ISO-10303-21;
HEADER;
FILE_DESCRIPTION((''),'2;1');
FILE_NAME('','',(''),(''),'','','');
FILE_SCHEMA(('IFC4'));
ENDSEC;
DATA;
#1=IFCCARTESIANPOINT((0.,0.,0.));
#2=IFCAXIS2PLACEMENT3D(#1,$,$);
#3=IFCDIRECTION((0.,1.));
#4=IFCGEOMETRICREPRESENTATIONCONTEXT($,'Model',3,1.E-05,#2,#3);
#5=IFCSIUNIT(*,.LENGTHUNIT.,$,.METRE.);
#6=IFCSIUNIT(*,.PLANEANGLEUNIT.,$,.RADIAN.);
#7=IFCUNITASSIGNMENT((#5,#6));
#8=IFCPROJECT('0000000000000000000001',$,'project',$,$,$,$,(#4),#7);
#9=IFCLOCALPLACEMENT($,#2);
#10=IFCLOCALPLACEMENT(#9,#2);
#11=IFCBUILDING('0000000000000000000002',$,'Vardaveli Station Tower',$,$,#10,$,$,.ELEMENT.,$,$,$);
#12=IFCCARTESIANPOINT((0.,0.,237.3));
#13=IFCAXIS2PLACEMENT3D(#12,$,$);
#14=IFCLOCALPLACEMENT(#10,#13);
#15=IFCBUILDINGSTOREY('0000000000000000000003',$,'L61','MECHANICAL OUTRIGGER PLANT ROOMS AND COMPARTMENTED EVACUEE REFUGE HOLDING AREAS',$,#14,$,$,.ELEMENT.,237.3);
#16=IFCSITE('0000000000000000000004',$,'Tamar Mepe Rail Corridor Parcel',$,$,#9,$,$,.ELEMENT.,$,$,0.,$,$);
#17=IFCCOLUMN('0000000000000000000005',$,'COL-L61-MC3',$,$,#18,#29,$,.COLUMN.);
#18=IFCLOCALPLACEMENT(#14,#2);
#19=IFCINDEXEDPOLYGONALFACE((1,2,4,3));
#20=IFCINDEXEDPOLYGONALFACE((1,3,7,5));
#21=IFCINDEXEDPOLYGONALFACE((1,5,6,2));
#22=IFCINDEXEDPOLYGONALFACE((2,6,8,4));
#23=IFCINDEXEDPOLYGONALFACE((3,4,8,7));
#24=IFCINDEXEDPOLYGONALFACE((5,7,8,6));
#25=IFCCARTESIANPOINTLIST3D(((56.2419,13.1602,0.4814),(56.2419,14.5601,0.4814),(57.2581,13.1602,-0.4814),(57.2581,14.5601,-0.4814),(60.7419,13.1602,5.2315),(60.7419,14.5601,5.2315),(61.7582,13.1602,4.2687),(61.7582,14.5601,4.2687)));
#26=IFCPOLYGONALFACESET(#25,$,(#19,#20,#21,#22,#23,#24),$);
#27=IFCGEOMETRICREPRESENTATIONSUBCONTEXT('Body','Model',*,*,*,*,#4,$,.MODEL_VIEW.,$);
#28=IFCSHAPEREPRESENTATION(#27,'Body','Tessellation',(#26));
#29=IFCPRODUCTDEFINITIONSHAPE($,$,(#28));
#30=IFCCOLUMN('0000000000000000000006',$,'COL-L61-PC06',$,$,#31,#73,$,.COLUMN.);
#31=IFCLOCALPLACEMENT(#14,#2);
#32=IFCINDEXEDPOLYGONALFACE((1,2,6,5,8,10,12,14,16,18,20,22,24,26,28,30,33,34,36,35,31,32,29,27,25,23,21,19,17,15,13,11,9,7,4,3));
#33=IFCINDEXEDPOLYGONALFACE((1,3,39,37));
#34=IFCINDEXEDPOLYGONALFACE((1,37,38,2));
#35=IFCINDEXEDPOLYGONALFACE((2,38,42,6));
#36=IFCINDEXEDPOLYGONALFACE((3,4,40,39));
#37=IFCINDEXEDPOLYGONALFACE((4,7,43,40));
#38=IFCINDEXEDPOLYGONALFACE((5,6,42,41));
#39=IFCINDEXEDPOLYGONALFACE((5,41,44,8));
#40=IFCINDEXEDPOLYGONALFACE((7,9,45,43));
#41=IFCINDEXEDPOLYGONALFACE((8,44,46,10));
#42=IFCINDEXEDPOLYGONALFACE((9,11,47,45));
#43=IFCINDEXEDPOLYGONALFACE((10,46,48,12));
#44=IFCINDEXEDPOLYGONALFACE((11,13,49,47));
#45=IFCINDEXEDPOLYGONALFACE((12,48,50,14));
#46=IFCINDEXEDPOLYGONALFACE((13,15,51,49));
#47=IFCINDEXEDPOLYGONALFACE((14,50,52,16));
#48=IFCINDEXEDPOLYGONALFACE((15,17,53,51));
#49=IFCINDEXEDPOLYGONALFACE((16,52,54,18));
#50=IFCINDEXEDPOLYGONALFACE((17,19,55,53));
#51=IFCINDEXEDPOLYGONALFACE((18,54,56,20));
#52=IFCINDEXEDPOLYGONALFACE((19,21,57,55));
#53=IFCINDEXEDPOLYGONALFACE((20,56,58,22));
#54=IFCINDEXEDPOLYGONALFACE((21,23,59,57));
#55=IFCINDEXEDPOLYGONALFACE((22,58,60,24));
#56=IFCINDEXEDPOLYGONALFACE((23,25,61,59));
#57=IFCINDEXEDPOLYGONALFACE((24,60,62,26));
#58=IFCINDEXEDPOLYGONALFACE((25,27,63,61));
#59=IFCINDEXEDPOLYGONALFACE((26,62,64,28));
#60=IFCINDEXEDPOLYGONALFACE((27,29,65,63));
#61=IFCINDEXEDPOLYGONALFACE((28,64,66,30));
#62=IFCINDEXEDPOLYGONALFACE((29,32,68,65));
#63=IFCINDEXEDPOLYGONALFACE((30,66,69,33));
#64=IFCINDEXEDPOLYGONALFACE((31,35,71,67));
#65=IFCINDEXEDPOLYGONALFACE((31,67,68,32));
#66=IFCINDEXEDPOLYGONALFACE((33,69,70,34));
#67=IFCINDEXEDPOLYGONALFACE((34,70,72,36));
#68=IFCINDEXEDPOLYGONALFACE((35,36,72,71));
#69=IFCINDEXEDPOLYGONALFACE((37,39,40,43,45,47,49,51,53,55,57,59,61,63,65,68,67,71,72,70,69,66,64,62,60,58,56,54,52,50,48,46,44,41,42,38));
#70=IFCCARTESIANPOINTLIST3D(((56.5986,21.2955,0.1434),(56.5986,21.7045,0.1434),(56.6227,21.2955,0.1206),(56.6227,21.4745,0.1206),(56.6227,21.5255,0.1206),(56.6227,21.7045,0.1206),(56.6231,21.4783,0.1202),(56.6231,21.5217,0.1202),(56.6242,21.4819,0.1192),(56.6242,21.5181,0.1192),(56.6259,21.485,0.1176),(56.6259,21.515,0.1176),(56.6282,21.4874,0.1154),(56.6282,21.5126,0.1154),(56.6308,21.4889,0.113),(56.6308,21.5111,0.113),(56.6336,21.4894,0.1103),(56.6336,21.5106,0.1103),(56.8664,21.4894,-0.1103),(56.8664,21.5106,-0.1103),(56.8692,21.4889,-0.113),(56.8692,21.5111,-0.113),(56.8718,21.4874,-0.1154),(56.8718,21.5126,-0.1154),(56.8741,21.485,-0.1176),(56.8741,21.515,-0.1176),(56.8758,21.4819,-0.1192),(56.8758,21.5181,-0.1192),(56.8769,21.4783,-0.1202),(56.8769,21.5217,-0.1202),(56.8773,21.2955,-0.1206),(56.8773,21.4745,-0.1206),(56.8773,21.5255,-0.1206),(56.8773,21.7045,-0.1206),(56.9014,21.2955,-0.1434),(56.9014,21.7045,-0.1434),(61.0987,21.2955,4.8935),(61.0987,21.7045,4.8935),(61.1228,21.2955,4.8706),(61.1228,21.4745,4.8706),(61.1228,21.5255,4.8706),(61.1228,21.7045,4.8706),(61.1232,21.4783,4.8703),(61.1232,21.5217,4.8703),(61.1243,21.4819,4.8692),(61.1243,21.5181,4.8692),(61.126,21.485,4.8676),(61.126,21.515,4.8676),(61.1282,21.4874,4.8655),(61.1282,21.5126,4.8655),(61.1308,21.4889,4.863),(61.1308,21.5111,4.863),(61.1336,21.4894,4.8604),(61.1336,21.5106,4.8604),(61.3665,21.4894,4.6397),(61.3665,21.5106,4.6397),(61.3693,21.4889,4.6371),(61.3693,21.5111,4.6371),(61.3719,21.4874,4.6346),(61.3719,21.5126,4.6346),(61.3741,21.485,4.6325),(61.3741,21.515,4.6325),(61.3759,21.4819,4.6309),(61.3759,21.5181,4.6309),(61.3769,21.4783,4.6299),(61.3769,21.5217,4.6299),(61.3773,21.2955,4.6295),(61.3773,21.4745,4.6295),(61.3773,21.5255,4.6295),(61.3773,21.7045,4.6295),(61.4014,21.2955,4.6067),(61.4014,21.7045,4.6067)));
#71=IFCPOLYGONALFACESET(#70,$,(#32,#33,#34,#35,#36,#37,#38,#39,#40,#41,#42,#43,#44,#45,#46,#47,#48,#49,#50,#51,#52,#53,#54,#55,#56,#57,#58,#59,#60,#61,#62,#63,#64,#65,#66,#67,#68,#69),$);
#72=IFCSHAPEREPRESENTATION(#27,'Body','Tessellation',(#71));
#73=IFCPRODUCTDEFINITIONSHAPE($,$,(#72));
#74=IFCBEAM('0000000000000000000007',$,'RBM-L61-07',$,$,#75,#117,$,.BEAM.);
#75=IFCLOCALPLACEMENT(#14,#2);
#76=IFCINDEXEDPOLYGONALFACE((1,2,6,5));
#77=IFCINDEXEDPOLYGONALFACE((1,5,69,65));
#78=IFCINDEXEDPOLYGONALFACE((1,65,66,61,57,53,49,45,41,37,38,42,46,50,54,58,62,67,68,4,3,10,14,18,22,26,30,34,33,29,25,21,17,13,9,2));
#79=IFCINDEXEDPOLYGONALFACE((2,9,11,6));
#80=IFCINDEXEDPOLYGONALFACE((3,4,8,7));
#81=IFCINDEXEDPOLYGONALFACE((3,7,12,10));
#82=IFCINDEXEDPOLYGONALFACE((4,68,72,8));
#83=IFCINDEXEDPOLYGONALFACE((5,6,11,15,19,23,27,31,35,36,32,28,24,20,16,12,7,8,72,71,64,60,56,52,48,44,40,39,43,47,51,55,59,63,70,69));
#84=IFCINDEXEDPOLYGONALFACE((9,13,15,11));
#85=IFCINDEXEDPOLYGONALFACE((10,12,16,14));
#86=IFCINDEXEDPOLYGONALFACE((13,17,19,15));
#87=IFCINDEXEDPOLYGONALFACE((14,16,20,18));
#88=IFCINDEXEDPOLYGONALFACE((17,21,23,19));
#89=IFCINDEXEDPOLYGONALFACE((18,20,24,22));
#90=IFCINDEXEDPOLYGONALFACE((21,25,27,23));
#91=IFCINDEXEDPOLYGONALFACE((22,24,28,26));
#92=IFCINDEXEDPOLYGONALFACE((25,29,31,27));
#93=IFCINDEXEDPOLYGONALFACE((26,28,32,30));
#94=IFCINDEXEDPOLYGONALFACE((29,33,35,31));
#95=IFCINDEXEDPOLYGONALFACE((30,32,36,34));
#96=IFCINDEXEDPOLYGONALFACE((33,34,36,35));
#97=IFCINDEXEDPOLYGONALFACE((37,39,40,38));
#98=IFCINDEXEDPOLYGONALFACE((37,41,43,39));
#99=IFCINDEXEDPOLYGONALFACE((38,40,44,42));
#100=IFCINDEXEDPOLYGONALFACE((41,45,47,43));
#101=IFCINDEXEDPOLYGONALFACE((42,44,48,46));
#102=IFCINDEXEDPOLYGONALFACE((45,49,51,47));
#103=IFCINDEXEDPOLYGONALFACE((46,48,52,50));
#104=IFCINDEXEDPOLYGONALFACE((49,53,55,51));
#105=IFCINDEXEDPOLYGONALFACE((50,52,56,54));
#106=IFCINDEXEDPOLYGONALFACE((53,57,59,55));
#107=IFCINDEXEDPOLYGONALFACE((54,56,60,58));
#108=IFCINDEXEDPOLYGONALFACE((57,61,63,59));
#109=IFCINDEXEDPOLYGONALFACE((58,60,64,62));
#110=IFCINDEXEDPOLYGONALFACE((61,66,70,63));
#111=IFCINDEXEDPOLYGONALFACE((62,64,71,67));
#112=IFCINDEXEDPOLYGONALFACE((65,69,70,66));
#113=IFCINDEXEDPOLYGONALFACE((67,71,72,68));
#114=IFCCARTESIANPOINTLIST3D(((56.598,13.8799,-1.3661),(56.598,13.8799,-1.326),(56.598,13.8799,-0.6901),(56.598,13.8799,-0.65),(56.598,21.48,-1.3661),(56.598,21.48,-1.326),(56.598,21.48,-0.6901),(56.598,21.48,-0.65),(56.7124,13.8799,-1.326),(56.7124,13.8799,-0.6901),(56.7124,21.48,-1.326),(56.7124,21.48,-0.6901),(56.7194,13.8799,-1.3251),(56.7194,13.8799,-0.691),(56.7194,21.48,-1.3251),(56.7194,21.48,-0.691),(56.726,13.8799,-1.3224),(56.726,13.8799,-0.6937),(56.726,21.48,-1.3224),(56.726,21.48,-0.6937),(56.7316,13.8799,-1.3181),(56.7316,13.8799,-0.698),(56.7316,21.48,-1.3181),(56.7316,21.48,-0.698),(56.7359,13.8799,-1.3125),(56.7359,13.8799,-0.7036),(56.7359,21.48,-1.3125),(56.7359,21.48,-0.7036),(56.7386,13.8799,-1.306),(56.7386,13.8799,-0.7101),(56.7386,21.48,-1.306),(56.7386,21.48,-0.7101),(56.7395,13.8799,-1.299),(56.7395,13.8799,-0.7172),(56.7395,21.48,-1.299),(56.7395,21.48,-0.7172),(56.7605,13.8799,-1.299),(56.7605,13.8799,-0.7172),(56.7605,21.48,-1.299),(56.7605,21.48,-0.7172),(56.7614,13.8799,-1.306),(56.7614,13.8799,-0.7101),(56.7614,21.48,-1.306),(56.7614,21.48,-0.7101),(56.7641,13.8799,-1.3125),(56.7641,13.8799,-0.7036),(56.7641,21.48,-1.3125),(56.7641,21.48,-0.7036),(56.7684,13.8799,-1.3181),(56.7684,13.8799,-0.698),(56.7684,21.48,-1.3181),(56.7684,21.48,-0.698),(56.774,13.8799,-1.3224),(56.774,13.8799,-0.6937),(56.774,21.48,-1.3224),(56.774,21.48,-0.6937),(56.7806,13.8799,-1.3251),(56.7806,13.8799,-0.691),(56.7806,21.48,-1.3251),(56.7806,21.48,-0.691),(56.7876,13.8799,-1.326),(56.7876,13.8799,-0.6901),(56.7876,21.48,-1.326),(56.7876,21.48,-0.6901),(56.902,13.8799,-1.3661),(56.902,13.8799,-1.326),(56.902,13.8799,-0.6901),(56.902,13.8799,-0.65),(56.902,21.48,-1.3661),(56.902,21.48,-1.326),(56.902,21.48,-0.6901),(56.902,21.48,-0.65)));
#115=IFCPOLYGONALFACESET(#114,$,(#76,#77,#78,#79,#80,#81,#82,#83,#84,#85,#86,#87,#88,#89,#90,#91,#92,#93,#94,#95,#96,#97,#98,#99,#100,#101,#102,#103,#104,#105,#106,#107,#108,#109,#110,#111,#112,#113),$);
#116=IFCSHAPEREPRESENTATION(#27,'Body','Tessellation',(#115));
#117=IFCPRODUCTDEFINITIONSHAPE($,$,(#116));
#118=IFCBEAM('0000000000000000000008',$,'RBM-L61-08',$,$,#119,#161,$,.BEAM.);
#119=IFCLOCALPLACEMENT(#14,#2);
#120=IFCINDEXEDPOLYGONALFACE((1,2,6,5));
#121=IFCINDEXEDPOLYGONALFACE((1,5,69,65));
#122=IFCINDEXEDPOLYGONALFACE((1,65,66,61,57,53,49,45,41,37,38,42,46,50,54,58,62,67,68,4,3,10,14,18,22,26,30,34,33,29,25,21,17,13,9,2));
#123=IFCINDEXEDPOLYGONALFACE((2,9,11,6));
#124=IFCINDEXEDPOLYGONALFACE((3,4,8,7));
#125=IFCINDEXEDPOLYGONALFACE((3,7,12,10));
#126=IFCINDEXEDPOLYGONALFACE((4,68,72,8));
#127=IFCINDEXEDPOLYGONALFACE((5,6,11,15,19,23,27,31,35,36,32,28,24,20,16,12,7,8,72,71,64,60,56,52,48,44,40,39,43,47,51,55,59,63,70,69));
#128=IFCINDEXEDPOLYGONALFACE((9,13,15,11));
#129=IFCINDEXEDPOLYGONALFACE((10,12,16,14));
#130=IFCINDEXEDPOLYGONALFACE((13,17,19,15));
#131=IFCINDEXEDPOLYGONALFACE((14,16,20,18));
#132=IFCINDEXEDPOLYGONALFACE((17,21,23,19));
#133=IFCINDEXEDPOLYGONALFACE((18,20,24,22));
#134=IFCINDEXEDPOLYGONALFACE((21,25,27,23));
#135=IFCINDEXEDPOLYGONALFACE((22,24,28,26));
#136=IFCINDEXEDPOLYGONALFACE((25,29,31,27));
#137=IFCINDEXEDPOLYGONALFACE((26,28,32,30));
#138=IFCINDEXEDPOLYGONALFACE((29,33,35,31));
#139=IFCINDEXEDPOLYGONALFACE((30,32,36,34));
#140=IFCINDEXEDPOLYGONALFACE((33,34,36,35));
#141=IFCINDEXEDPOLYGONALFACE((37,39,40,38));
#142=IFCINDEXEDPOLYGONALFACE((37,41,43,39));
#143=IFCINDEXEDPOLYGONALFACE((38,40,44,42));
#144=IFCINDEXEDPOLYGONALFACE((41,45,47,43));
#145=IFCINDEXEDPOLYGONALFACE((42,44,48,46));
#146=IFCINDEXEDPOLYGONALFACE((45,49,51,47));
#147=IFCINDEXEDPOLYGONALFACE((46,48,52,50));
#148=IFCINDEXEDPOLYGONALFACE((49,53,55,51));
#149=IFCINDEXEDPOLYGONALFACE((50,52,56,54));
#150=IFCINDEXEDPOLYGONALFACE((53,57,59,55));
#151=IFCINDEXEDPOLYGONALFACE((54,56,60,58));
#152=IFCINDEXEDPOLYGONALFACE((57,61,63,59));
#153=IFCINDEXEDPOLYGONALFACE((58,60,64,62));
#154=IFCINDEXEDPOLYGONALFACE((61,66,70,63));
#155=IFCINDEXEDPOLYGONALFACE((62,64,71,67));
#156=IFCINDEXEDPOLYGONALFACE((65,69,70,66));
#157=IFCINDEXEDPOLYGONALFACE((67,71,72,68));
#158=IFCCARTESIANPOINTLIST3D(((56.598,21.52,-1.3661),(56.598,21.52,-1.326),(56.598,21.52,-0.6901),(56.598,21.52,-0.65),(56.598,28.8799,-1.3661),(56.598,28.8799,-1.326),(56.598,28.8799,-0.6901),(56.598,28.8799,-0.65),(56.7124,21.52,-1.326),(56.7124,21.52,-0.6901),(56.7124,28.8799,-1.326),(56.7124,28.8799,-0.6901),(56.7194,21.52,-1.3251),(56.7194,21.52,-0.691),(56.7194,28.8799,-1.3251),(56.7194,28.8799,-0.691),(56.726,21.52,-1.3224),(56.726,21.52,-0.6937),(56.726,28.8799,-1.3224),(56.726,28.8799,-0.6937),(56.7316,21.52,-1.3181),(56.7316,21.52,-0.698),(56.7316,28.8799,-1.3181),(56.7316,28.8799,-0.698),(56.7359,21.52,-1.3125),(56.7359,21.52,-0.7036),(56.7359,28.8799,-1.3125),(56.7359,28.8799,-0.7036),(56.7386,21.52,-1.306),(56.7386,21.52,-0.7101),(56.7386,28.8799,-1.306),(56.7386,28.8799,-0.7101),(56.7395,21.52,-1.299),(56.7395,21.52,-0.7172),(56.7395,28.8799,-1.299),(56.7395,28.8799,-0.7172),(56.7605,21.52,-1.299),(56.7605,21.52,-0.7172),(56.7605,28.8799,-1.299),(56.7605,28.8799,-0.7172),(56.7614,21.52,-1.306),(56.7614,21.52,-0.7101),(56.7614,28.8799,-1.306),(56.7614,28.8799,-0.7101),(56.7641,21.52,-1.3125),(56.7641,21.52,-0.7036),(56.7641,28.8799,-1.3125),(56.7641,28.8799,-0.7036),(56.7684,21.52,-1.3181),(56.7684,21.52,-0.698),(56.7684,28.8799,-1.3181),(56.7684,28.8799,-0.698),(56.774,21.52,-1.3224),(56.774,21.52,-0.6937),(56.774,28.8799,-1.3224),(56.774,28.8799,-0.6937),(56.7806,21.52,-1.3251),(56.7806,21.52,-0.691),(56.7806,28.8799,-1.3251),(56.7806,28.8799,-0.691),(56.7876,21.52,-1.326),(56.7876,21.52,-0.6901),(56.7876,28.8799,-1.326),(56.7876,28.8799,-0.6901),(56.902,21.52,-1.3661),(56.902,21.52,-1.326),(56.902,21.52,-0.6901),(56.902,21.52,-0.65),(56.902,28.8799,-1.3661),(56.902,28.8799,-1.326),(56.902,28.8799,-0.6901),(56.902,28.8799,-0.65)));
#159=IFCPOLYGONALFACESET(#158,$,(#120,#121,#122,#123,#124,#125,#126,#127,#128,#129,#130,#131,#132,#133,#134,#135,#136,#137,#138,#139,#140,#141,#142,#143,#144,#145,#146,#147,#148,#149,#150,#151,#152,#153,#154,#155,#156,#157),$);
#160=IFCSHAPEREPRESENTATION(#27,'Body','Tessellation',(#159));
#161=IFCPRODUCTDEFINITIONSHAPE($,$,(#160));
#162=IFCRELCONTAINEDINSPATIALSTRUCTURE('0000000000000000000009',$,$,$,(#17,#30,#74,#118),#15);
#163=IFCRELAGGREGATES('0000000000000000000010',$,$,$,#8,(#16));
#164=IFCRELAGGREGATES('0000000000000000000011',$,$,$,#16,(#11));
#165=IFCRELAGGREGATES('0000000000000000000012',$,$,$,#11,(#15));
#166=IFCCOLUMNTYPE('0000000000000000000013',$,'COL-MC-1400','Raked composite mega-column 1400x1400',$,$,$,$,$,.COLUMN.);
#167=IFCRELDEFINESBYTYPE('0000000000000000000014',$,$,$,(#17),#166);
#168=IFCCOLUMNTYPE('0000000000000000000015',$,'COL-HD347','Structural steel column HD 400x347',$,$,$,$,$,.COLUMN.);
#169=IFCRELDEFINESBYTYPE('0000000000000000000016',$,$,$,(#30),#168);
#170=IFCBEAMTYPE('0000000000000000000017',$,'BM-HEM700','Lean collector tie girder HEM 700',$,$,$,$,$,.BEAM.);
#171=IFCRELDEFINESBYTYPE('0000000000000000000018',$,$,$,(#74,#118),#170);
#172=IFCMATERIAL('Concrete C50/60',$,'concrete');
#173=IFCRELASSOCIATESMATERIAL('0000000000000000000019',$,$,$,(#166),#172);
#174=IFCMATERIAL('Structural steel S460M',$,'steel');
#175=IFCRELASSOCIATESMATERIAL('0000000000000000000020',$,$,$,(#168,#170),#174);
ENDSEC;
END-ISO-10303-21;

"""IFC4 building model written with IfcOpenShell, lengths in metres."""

from ifc_helpers import new_model, si_unit, direction, frame, origin, origin_2d, place, context, subcontext, project, spatial, rectangle, i_section, extrude, source, transform, mapped, material, material_profile, profile_set, type_object, element, save


model = new_model("IFC4")

# Units and contexts
model_context = context("Model", 3, precision=1e-05, world=origin(), true_north=direction((0.0, 1.0)))
body_context = subcontext(model_context, "Body", "Model", "MODEL_VIEW")
ifc_project = project(units=[si_unit("LENGTHUNIT", "METRE"), si_unit("PLANEANGLEUNIT", "RADIAN")], contexts=[model_context])

# Site, building, storey
site_placement = place(None, origin())
site = spatial("IfcSite", under=ifc_project, at=site_placement, Name="Tamar Mepe Rail Corridor Parcel", CompositionType="ELEMENT", RefElevation=0.0)
building_placement = place(site_placement, origin())
building = spatial("IfcBuilding", under=site, at=building_placement, Name="Vardaveli Station Tower", CompositionType="ELEMENT")
storey_placement = place(building_placement, frame((0.0, 0.0, 237.3)))
storey = spatial("IfcBuildingStorey", under=building, at=storey_placement, Name="L61", Description="MECHANICAL OUTRIGGER PLANT ROOMS AND COMPARTMENTED EVACUEE REFUGE HOLDING AREAS", CompositionType="ELEMENT", Elevation=237.3)

# Columns
ifc_material_1 = material(Name="Concrete C50/60", Category="concrete")
ifc_material_profile_1 = material_profile(ifc_material_1, rectangle(XDim=1.3999, YDim=1.3999, at=origin_2d()), Name="MC 1400x1400")
ifc_profile_set_1 = profile_set([ifc_material_profile_1], Name="Concrete C50/60")
column_type_1 = type_object("IfcColumnType", Name="COL-MC-1400", Description="Raked composite mega-column 1400x1400", PredefinedType="COLUMN", material=ifc_profile_set_1)
shared_shape_1 = source(origin(), body_context, "Body", "SweptSolid", [
    extrude(rectangle(XDim=1.3999, YDim=1.3999, at=origin_2d()), origin(), (0.0, 0.0, 1.0), 6.5432),
])
column_1_placement = place(storey_placement, frame((56.75, 13.8601, 0.0), z_axis=(0.687745, 0.0, 0.725953), x_axis=(0.0, 1.0, 0.0)))
element("IfcColumn", 1, at=column_1_placement, inside=storey, type_object=column_type_1, Name="COL-L61-MC3", PredefinedType="COLUMN", context=body_context, shape_type="MappedRepresentation", body=[
    mapped(shared_shape_1, transform((0.0, 0.0, 0.0), scale=1.0)),
])
ifc_material_2 = material(Name="Structural steel S460M", Category="steel")
ifc_material_profile_2 = material_profile(ifc_material_2, i_section(OverallWidth=0.4089, OverallDepth=0.417, WebThickness=0.0212, FlangeThickness=0.0332, FilletRadius=0.0149, at=origin_2d()), Name="HD 400x347")
ifc_profile_set_2 = profile_set([ifc_material_profile_2], Name="Structural steel S460M")
column_type_2 = type_object("IfcColumnType", Name="COL-HD347", Description="Structural steel column HD 400x347", PredefinedType="COLUMN", material=ifc_profile_set_2)
shared_shape_2 = source(origin(), body_context, "Body", "SweptSolid", [
    extrude(i_section(OverallWidth=0.4089, OverallDepth=0.417, WebThickness=0.0212, FlangeThickness=0.0332, FilletRadius=0.0149, at=origin_2d()), origin(), (0.0, 0.0, 1.0), 6.5432),
])
column_2_placement = place(storey_placement, frame((56.75, 21.5, 0.0), z_axis=(0.687745, 0.0, 0.725953), x_axis=(0.0, 1.0, 0.0)))
element("IfcColumn", 2, at=column_2_placement, inside=storey, type_object=column_type_2, Name="COL-L61-PC06", PredefinedType="COLUMN", context=body_context, shape_type="MappedRepresentation", body=[
    mapped(shared_shape_2, transform((0.0, 0.0, 0.0), scale=1.0)),
])

# Beams
ifc_material_profile_3 = material_profile(ifc_material_2, i_section(OverallWidth=0.304, OverallDepth=0.7161, WebThickness=0.021, FlangeThickness=0.04, FilletRadius=0.0271, at=origin_2d()), Name="HEM 700")
ifc_profile_set_3 = profile_set([ifc_material_profile_3], Name="Structural steel S460M")
beam_type_1 = type_object("IfcBeamType", Name="BM-HEM700", Description="Lean collector tie girder HEM 700", PredefinedType="BEAM", material=ifc_profile_set_3)
shared_shape_3 = source(origin(), body_context, "Body", "SweptSolid", [
    extrude(i_section(OverallWidth=0.304, OverallDepth=0.7161, WebThickness=0.021, FlangeThickness=0.04, FilletRadius=0.0271, at=origin_2d()), origin(), (0.0, 0.0, 1.0), 7.6001),
])
beam_1_placement = place(storey_placement, frame((56.75, 13.8799, -1.0081), z_axis=(0.0, 1.0, 0.0), x_axis=(-1.0, 0.0, 0.0)))
element("IfcBeam", 3, at=beam_1_placement, inside=storey, type_object=beam_type_1, Name="RBM-L61-07", PredefinedType="BEAM", context=body_context, shape_type="MappedRepresentation", body=[
    mapped(shared_shape_3, transform((0.0, 0.0, 0.0), scale=1.0)),
])
shared_shape_4 = source(origin(), body_context, "Body", "SweptSolid", [
    extrude(i_section(OverallWidth=0.304, OverallDepth=0.7161, WebThickness=0.021, FlangeThickness=0.04, FilletRadius=0.0271, at=origin_2d()), origin(), (0.0, 0.0, 1.0), 7.3599),
])
beam_2_placement = place(storey_placement, frame((56.75, 21.52, -1.0081), z_axis=(0.0, 1.0, 0.0), x_axis=(-1.0, 0.0, 0.0)))
element("IfcBeam", 4, at=beam_2_placement, inside=storey, type_object=beam_type_1, Name="RBM-L61-08", PredefinedType="BEAM", context=body_context, shape_type="MappedRepresentation", body=[
    mapped(shared_shape_4, transform((0.0, 0.0, 0.0), scale=1.0)),
])

save(model, "model.ifc")
